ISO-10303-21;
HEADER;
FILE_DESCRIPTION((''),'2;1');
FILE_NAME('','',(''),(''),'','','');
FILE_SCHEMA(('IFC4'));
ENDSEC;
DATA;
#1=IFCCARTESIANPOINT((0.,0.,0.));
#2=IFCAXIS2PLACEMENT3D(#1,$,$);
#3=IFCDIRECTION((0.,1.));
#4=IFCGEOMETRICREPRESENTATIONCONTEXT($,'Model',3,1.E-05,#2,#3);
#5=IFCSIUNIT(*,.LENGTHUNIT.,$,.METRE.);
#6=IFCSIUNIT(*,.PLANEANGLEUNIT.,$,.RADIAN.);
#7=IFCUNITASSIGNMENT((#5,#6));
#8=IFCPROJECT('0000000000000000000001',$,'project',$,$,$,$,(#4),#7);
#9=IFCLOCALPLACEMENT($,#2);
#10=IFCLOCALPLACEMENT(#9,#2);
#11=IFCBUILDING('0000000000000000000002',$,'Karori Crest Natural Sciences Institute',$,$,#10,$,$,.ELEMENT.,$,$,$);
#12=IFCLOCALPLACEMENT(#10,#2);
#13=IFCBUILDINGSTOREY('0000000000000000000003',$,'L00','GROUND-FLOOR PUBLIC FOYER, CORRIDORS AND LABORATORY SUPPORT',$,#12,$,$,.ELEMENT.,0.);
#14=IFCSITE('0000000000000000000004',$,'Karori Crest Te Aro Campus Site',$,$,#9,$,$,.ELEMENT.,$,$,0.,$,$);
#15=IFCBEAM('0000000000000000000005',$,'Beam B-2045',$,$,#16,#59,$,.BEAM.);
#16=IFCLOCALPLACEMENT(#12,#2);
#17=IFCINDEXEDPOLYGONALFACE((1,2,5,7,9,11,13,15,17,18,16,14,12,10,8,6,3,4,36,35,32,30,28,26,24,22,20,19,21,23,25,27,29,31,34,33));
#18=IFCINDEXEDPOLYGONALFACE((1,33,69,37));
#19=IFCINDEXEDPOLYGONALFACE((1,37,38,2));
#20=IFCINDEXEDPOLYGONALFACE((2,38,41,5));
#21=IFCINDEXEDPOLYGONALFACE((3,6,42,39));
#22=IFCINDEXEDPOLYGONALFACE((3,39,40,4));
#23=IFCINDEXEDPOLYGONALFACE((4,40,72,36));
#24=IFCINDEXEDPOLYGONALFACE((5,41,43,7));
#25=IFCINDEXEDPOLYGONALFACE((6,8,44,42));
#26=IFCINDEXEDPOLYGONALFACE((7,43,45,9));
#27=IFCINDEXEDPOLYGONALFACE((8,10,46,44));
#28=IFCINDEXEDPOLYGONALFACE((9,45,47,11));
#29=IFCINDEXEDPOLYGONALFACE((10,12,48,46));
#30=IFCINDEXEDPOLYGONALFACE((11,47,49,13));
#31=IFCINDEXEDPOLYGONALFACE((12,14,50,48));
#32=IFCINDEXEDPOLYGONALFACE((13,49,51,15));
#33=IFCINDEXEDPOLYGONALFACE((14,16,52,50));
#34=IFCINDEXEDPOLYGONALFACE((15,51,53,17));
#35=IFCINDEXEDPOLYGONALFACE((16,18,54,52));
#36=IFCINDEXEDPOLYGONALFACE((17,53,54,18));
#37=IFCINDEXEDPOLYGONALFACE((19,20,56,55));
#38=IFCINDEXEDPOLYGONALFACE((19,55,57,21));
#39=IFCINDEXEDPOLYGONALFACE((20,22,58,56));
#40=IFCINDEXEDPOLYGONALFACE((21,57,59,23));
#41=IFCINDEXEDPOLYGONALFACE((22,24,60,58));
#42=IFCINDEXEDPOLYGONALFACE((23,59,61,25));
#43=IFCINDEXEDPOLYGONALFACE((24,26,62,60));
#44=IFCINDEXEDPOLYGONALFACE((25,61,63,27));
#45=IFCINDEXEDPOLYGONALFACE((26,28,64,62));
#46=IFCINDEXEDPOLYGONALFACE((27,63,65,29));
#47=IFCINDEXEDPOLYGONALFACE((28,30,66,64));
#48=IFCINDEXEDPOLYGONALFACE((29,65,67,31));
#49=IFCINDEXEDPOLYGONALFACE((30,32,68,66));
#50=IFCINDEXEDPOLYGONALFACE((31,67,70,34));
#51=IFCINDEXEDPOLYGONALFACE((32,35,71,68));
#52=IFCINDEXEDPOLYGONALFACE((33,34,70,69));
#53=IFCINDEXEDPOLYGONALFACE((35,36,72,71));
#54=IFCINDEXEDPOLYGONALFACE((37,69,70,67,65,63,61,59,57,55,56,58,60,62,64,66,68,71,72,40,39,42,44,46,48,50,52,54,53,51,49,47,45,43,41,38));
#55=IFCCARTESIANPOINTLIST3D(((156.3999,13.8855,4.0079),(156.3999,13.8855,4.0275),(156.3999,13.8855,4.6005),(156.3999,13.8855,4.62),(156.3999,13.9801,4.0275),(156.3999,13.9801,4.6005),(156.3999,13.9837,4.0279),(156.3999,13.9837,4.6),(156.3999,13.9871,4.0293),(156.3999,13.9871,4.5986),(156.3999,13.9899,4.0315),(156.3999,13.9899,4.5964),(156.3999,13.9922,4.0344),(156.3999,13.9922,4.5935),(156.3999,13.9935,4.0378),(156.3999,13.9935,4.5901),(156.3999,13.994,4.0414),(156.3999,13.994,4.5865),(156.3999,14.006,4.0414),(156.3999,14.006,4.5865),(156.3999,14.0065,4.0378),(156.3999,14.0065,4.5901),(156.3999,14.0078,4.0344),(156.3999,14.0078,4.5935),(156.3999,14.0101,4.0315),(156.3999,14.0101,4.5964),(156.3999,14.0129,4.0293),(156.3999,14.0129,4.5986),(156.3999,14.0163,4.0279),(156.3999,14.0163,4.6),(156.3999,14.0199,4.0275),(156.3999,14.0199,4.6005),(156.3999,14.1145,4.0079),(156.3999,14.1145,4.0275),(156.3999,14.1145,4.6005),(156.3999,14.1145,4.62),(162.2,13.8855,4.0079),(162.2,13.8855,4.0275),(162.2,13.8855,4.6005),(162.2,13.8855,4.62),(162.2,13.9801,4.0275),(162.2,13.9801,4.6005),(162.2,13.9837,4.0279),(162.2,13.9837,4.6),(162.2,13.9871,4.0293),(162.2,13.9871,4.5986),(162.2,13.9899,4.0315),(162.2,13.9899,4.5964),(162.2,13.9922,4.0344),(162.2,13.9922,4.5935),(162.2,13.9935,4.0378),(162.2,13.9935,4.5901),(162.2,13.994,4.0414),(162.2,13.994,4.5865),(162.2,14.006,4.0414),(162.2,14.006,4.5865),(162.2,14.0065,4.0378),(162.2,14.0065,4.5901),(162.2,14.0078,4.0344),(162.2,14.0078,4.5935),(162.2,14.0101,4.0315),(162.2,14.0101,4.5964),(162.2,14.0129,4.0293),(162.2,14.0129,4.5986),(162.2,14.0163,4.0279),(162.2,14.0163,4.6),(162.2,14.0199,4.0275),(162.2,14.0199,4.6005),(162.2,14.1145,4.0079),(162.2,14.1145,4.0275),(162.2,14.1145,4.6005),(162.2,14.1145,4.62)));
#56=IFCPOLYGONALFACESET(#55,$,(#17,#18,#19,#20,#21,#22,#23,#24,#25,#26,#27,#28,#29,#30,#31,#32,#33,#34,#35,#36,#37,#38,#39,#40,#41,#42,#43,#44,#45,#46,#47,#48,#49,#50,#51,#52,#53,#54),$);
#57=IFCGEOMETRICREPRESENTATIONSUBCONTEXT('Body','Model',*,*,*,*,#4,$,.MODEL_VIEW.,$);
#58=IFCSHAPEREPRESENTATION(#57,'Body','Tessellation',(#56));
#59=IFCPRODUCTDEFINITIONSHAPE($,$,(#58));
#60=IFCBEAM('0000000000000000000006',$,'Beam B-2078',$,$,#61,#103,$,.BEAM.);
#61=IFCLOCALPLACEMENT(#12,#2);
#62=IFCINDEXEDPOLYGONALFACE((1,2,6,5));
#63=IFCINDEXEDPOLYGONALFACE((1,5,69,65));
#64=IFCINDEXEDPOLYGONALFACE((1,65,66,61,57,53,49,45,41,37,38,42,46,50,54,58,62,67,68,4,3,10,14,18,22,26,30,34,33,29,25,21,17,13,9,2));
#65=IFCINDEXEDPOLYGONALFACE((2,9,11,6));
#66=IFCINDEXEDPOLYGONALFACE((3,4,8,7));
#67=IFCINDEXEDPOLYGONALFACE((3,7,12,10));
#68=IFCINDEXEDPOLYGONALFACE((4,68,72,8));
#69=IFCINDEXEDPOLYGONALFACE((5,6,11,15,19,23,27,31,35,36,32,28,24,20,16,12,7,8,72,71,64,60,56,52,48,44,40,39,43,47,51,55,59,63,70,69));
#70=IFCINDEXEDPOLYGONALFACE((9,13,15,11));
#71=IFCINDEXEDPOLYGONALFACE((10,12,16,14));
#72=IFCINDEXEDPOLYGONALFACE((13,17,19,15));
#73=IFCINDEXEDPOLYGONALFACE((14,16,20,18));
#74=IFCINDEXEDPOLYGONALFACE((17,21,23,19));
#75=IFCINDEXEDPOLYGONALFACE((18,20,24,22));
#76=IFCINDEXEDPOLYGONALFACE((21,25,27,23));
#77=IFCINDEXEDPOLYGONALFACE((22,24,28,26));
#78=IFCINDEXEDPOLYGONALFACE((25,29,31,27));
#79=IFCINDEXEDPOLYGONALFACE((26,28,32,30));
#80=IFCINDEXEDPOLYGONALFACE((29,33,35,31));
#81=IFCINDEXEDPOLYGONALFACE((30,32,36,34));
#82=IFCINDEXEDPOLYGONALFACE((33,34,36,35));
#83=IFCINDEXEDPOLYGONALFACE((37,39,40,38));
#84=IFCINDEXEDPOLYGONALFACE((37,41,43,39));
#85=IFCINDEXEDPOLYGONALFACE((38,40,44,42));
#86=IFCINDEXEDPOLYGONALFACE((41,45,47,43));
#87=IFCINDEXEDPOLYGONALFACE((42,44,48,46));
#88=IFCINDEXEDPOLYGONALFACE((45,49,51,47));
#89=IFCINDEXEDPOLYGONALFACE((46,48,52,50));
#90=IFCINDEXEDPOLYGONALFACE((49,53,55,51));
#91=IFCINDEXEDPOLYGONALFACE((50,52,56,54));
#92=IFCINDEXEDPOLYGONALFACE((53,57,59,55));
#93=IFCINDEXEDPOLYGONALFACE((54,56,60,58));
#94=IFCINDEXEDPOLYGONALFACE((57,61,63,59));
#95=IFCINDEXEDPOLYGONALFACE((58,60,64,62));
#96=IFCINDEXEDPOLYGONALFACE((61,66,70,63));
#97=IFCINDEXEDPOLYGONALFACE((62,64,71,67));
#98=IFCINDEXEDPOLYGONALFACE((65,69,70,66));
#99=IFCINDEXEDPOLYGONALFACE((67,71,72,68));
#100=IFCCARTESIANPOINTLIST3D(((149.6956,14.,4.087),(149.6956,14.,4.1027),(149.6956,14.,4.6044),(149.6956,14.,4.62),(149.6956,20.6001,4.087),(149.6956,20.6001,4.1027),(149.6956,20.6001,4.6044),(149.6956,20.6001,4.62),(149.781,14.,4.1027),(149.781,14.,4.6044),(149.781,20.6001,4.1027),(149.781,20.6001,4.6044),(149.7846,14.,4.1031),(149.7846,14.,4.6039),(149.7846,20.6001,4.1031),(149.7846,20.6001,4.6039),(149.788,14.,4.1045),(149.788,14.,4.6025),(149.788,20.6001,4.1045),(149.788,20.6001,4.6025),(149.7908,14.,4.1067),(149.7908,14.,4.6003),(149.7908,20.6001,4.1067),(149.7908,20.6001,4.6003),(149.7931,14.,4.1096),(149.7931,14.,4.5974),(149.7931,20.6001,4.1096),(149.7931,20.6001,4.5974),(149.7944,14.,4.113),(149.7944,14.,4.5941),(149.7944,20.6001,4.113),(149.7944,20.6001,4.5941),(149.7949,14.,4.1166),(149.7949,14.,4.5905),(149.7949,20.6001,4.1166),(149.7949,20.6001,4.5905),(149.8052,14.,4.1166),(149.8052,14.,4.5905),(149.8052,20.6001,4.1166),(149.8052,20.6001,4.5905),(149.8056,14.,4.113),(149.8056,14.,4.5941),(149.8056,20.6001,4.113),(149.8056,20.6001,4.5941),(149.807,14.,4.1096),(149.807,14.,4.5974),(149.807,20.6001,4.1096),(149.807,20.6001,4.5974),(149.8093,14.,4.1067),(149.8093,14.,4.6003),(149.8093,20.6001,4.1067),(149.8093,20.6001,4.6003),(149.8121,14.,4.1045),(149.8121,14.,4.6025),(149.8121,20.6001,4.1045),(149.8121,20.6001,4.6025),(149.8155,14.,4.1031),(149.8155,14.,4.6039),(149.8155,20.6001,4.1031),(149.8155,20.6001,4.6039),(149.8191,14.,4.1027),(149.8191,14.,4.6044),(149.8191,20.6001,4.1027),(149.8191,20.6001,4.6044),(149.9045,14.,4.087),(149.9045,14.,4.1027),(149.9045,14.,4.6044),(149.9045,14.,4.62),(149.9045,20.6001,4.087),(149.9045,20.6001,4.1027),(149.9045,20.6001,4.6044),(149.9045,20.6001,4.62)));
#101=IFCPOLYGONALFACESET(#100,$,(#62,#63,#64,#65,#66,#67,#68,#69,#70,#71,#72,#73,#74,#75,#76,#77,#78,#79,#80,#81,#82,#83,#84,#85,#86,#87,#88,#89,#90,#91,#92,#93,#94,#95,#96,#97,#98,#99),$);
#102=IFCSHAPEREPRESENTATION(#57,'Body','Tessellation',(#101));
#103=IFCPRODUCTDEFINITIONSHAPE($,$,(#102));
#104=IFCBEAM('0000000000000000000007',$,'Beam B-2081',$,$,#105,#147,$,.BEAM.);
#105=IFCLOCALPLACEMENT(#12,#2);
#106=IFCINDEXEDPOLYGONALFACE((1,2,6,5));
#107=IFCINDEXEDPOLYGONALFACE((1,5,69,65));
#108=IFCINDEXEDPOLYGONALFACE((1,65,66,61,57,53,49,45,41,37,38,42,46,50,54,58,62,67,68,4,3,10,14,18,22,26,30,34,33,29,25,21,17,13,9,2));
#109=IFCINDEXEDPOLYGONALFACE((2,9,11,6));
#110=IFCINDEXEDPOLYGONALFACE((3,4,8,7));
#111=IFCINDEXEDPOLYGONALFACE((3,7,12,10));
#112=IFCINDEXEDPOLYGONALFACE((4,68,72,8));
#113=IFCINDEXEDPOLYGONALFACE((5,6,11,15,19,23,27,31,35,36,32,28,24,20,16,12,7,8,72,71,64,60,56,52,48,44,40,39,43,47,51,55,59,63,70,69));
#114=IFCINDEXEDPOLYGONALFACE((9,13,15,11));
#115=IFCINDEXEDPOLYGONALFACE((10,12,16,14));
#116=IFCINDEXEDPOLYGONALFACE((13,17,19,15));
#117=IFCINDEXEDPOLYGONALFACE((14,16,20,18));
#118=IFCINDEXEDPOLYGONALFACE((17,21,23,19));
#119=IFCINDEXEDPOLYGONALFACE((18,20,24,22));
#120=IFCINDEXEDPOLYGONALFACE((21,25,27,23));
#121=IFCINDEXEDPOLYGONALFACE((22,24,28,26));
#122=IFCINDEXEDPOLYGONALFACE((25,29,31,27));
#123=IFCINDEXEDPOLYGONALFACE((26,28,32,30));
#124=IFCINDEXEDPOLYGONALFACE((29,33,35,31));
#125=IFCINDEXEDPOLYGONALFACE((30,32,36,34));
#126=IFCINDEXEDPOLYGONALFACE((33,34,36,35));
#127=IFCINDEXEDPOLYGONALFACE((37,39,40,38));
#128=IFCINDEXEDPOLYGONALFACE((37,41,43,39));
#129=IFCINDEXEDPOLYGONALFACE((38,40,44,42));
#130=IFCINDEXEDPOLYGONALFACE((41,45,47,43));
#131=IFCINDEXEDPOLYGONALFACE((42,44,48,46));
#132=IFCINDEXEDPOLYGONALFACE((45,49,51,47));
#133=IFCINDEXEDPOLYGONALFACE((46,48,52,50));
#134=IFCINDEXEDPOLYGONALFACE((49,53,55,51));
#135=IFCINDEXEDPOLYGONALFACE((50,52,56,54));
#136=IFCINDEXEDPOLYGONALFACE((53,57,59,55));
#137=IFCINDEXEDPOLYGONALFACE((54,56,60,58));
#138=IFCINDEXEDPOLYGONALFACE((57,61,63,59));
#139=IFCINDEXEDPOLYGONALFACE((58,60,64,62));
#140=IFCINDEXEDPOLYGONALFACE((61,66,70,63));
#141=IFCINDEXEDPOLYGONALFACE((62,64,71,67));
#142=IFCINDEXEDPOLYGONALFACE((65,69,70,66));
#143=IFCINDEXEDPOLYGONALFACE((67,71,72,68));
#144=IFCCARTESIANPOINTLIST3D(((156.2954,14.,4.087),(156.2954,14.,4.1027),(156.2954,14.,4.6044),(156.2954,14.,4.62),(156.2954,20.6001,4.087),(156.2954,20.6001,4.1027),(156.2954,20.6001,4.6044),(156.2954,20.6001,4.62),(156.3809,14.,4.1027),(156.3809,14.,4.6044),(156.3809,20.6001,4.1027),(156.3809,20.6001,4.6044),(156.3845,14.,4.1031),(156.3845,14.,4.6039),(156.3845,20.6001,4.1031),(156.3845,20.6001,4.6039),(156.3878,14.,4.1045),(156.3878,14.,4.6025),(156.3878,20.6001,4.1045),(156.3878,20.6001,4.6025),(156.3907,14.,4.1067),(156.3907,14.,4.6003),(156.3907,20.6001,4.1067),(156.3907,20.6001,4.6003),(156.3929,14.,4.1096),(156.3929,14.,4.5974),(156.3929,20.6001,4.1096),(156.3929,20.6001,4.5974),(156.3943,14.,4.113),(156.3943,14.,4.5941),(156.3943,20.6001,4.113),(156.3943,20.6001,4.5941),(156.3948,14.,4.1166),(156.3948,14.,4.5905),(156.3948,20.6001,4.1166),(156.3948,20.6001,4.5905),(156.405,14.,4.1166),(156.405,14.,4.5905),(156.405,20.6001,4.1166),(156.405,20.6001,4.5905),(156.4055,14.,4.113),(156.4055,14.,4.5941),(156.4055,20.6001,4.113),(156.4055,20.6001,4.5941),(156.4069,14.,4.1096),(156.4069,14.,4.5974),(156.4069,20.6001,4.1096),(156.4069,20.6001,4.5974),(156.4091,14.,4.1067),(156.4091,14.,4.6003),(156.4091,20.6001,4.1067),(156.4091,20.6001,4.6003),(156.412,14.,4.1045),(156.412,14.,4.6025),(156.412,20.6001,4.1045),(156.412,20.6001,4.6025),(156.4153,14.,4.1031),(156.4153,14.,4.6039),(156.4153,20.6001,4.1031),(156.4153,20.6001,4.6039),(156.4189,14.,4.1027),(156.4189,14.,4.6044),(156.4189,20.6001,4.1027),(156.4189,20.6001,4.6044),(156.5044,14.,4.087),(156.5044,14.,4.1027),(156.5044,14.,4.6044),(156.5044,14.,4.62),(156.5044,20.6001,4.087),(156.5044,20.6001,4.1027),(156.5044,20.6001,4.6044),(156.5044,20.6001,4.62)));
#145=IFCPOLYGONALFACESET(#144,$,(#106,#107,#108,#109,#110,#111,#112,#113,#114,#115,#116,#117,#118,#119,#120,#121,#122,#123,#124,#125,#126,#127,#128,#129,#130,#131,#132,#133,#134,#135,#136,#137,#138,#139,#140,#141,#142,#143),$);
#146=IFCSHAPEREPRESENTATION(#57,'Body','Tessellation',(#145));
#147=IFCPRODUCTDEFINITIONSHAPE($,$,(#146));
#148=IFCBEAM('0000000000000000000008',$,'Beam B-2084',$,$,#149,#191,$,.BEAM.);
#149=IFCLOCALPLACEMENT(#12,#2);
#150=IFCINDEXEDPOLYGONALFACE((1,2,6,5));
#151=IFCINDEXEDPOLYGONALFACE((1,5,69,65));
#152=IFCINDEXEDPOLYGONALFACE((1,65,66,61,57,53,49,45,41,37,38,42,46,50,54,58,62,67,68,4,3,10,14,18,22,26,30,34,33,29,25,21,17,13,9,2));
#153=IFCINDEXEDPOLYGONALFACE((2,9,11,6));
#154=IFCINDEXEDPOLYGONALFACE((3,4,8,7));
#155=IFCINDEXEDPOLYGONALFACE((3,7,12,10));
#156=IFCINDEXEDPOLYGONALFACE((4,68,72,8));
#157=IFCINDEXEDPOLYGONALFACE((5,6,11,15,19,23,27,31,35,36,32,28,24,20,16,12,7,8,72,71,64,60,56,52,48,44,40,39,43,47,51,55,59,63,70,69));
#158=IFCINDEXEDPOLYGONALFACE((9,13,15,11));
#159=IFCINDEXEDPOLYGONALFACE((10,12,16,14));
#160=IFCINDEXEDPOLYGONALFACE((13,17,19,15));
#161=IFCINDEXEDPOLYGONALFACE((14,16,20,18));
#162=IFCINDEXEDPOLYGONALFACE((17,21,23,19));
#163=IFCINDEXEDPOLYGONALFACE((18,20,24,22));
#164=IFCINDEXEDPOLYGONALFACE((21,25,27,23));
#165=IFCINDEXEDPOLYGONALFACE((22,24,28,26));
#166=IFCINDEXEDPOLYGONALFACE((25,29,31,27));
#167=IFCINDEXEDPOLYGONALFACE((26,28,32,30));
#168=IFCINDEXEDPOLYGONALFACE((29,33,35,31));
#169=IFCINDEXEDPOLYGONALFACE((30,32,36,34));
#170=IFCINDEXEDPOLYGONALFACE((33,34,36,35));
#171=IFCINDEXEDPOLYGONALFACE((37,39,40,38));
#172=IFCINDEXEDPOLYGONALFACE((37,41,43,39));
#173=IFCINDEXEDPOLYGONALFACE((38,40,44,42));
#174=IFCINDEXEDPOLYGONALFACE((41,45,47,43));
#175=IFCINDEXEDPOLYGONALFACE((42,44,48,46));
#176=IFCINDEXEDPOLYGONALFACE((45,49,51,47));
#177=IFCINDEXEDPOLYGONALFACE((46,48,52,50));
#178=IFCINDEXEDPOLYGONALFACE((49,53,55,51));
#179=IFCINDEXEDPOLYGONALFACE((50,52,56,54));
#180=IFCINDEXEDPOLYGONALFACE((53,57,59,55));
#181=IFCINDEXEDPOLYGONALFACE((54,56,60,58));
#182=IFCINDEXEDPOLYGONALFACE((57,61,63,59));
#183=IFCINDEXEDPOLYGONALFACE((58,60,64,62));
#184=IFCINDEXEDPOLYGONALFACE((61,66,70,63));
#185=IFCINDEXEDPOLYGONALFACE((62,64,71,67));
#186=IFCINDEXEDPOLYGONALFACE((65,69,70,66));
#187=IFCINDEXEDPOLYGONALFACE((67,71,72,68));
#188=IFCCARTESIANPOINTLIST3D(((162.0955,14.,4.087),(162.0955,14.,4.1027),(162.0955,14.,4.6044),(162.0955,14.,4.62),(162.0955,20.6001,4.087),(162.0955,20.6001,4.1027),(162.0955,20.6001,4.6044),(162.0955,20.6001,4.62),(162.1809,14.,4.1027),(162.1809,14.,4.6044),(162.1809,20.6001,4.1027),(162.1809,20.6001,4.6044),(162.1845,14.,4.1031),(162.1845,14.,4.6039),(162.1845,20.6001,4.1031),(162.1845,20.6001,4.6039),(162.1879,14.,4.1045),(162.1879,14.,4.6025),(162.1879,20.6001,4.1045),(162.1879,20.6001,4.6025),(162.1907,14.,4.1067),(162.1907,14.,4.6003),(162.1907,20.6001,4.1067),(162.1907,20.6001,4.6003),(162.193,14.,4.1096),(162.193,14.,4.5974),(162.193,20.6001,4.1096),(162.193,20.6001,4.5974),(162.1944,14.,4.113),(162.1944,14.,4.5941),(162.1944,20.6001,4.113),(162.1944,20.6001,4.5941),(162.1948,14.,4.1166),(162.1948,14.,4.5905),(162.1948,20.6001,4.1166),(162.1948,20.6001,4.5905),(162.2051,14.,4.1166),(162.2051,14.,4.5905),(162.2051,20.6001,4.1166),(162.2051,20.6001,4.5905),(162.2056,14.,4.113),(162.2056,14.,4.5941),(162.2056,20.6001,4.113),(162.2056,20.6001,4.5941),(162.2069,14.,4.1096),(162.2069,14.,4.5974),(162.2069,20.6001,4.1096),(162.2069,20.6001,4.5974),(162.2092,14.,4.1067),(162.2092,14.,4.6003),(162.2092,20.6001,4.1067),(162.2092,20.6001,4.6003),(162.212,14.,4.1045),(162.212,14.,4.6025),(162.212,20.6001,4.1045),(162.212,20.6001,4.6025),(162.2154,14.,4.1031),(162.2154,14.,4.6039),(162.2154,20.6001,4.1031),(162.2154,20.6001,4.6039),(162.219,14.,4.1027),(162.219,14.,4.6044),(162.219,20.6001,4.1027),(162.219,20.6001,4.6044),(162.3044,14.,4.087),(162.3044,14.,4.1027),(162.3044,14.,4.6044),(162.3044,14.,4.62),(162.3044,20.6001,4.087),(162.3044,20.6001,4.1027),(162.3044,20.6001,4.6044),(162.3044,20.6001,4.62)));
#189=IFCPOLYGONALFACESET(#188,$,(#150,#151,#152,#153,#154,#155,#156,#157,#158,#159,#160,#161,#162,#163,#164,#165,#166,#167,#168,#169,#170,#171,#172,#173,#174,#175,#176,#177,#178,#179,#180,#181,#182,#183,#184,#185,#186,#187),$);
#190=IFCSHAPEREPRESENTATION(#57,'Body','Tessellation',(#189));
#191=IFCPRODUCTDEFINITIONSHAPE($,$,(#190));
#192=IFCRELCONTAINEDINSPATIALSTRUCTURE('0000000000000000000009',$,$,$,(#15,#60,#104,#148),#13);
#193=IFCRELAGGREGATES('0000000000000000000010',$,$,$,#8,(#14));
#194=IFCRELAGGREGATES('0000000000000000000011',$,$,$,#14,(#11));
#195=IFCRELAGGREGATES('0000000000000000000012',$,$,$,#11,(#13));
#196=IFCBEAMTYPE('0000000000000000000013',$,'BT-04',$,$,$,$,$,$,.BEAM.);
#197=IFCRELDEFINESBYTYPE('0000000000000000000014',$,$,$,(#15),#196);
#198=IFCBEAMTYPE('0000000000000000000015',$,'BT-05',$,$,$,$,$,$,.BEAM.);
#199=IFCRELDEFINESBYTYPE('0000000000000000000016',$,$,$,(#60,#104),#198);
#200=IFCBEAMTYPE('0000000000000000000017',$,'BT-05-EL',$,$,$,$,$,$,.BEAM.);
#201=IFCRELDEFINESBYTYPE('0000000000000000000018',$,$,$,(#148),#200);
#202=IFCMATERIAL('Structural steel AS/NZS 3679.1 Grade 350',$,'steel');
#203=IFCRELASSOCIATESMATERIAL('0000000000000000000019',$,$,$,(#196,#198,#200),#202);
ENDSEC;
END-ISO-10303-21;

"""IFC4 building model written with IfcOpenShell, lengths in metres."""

from ifc_helpers import new_model, si_unit, direction, frame, origin, origin_2d, place, context, subcontext, project, spatial, i_section, extrude, material, material_profile, profile_set, type_object, element, save


model = new_model("IFC4")

# Units and contexts
model_context = context("Model", 3, precision=1e-05, world=origin(), true_north=direction((0.0, 1.0)))
body_context = subcontext(model_context, "Body", "Model", "MODEL_VIEW")
ifc_project = project(units=[si_unit("LENGTHUNIT", "METRE"), si_unit("PLANEANGLEUNIT", "RADIAN")], contexts=[model_context])

# Site, building, storey
site_placement = place(None, origin())
site = spatial("IfcSite", under=ifc_project, at=site_placement, Name="Karori Crest Te Aro Campus Site", CompositionType="ELEMENT", RefElevation=0.0)
building_placement = place(site_placement, origin())
building = spatial("IfcBuilding", under=site, at=building_placement, Name="Karori Crest Natural Sciences Institute", CompositionType="ELEMENT")
storey_placement = place(building_placement, origin())
storey = spatial("IfcBuildingStorey", under=building, at=storey_placement, Name="L00", Description="GROUND-FLOOR PUBLIC FOYER, CORRIDORS AND LABORATORY SUPPORT", CompositionType="ELEMENT", Elevation=0.0)

# Shared definitions
ifc_material_1 = material(Name="Structural steel AS/NZS 3679.1 Grade 350", Category="steel")

# Beams
ifc_material_profile_1 = material_profile(ifc_material_1, i_section(OverallWidth=0.229, OverallDepth=0.6121, WebThickness=0.012, FlangeThickness=0.0195, FilletRadius=0.0139, at=origin_2d()), Name="610UB125")
ifc_profile_set_1 = profile_set([ifc_material_profile_1], Name="Structural steel AS/NZS 3679.1 Grade 350")
beam_type_1 = type_object("IfcBeamType", Name="BT-04", PredefinedType="BEAM", material=ifc_profile_set_1)
beam_1_placement = place(storey_placement, frame((156.3999, 14.0, 4.314), z_axis=(1.0, 0.0, 0.0), x_axis=(0.0, 1.0, 0.0)))
element("IfcBeam", 1, at=beam_1_placement, inside=storey, type_object=beam_type_1, Name="Beam B-2045", PredefinedType="BEAM", context=body_context, shape_type="SweptSolid", body=[
    extrude(i_section(OverallWidth=0.229, OverallDepth=0.6121, WebThickness=0.012, FlangeThickness=0.0195, FilletRadius=0.0139, at=origin_2d()), origin(), (0.0, 0.0, 1.0), 5.8),
])
ifc_material_profile_2 = material_profile(ifc_material_1, i_section(OverallWidth=0.209, OverallDepth=0.533, WebThickness=0.0103, FlangeThickness=0.0156, FilletRadius=0.0139, at=origin_2d()), Name="530UB92.4")
ifc_profile_set_2 = profile_set([ifc_material_profile_2], Name="Structural steel AS/NZS 3679.1 Grade 350")
beam_type_2 = type_object("IfcBeamType", Name="BT-05", PredefinedType="BEAM", material=ifc_profile_set_2)
for number, where, z_axis, x_axis, name in (
    (2, (149.8, 14.0, 4.3535), (0.0, 1.0, 0.0), (-1.0, 0.0, 0.0), "Beam B-2078"),
    (3, (156.3999, 14.0, 4.3535), (0.0, 1.0, 0.0), (-1.0, 0.0, 0.0), "Beam B-2081"),
):
    element("IfcBeam", number, at=place(storey_placement, frame(where, z_axis=z_axis, x_axis=x_axis)), inside=storey, type_object=beam_type_2, Name=name, PredefinedType="BEAM", context=body_context, shape_type="SweptSolid", body=[
        extrude(i_section(OverallWidth=0.209, OverallDepth=0.533, WebThickness=0.0103, FlangeThickness=0.0156, FilletRadius=0.0139, at=origin_2d()), origin(), (0.0, 0.0, 1.0), 6.6001),
    ])
ifc_material_profile_3 = material_profile(ifc_material_1, i_section(OverallWidth=0.209, OverallDepth=0.533, WebThickness=0.0103, FlangeThickness=0.0156, FilletRadius=0.0139, at=origin_2d()), Name="530UB92.4")
ifc_profile_set_3 = profile_set([ifc_material_profile_3], Name="Structural steel AS/NZS 3679.1 Grade 350")
beam_type_3 = type_object("IfcBeamType", Name="BT-05-EL", PredefinedType="BEAM", material=ifc_profile_set_3)
beam_2_placement = place(storey_placement, frame((162.2, 14.0, 4.3535), z_axis=(0.0, 1.0, 0.0), x_axis=(-1.0, 0.0, 0.0)))
element("IfcBeam", 4, at=beam_2_placement, inside=storey, type_object=beam_type_3, Name="Beam B-2084", PredefinedType="BEAM", context=body_context, shape_type="SweptSolid", body=[
    extrude(i_section(OverallWidth=0.209, OverallDepth=0.533, WebThickness=0.0103, FlangeThickness=0.0156, FilletRadius=0.0139, at=origin_2d()), origin(), (0.0, 0.0, 1.0), 6.6001),
])

save(model, "model.ifc")
